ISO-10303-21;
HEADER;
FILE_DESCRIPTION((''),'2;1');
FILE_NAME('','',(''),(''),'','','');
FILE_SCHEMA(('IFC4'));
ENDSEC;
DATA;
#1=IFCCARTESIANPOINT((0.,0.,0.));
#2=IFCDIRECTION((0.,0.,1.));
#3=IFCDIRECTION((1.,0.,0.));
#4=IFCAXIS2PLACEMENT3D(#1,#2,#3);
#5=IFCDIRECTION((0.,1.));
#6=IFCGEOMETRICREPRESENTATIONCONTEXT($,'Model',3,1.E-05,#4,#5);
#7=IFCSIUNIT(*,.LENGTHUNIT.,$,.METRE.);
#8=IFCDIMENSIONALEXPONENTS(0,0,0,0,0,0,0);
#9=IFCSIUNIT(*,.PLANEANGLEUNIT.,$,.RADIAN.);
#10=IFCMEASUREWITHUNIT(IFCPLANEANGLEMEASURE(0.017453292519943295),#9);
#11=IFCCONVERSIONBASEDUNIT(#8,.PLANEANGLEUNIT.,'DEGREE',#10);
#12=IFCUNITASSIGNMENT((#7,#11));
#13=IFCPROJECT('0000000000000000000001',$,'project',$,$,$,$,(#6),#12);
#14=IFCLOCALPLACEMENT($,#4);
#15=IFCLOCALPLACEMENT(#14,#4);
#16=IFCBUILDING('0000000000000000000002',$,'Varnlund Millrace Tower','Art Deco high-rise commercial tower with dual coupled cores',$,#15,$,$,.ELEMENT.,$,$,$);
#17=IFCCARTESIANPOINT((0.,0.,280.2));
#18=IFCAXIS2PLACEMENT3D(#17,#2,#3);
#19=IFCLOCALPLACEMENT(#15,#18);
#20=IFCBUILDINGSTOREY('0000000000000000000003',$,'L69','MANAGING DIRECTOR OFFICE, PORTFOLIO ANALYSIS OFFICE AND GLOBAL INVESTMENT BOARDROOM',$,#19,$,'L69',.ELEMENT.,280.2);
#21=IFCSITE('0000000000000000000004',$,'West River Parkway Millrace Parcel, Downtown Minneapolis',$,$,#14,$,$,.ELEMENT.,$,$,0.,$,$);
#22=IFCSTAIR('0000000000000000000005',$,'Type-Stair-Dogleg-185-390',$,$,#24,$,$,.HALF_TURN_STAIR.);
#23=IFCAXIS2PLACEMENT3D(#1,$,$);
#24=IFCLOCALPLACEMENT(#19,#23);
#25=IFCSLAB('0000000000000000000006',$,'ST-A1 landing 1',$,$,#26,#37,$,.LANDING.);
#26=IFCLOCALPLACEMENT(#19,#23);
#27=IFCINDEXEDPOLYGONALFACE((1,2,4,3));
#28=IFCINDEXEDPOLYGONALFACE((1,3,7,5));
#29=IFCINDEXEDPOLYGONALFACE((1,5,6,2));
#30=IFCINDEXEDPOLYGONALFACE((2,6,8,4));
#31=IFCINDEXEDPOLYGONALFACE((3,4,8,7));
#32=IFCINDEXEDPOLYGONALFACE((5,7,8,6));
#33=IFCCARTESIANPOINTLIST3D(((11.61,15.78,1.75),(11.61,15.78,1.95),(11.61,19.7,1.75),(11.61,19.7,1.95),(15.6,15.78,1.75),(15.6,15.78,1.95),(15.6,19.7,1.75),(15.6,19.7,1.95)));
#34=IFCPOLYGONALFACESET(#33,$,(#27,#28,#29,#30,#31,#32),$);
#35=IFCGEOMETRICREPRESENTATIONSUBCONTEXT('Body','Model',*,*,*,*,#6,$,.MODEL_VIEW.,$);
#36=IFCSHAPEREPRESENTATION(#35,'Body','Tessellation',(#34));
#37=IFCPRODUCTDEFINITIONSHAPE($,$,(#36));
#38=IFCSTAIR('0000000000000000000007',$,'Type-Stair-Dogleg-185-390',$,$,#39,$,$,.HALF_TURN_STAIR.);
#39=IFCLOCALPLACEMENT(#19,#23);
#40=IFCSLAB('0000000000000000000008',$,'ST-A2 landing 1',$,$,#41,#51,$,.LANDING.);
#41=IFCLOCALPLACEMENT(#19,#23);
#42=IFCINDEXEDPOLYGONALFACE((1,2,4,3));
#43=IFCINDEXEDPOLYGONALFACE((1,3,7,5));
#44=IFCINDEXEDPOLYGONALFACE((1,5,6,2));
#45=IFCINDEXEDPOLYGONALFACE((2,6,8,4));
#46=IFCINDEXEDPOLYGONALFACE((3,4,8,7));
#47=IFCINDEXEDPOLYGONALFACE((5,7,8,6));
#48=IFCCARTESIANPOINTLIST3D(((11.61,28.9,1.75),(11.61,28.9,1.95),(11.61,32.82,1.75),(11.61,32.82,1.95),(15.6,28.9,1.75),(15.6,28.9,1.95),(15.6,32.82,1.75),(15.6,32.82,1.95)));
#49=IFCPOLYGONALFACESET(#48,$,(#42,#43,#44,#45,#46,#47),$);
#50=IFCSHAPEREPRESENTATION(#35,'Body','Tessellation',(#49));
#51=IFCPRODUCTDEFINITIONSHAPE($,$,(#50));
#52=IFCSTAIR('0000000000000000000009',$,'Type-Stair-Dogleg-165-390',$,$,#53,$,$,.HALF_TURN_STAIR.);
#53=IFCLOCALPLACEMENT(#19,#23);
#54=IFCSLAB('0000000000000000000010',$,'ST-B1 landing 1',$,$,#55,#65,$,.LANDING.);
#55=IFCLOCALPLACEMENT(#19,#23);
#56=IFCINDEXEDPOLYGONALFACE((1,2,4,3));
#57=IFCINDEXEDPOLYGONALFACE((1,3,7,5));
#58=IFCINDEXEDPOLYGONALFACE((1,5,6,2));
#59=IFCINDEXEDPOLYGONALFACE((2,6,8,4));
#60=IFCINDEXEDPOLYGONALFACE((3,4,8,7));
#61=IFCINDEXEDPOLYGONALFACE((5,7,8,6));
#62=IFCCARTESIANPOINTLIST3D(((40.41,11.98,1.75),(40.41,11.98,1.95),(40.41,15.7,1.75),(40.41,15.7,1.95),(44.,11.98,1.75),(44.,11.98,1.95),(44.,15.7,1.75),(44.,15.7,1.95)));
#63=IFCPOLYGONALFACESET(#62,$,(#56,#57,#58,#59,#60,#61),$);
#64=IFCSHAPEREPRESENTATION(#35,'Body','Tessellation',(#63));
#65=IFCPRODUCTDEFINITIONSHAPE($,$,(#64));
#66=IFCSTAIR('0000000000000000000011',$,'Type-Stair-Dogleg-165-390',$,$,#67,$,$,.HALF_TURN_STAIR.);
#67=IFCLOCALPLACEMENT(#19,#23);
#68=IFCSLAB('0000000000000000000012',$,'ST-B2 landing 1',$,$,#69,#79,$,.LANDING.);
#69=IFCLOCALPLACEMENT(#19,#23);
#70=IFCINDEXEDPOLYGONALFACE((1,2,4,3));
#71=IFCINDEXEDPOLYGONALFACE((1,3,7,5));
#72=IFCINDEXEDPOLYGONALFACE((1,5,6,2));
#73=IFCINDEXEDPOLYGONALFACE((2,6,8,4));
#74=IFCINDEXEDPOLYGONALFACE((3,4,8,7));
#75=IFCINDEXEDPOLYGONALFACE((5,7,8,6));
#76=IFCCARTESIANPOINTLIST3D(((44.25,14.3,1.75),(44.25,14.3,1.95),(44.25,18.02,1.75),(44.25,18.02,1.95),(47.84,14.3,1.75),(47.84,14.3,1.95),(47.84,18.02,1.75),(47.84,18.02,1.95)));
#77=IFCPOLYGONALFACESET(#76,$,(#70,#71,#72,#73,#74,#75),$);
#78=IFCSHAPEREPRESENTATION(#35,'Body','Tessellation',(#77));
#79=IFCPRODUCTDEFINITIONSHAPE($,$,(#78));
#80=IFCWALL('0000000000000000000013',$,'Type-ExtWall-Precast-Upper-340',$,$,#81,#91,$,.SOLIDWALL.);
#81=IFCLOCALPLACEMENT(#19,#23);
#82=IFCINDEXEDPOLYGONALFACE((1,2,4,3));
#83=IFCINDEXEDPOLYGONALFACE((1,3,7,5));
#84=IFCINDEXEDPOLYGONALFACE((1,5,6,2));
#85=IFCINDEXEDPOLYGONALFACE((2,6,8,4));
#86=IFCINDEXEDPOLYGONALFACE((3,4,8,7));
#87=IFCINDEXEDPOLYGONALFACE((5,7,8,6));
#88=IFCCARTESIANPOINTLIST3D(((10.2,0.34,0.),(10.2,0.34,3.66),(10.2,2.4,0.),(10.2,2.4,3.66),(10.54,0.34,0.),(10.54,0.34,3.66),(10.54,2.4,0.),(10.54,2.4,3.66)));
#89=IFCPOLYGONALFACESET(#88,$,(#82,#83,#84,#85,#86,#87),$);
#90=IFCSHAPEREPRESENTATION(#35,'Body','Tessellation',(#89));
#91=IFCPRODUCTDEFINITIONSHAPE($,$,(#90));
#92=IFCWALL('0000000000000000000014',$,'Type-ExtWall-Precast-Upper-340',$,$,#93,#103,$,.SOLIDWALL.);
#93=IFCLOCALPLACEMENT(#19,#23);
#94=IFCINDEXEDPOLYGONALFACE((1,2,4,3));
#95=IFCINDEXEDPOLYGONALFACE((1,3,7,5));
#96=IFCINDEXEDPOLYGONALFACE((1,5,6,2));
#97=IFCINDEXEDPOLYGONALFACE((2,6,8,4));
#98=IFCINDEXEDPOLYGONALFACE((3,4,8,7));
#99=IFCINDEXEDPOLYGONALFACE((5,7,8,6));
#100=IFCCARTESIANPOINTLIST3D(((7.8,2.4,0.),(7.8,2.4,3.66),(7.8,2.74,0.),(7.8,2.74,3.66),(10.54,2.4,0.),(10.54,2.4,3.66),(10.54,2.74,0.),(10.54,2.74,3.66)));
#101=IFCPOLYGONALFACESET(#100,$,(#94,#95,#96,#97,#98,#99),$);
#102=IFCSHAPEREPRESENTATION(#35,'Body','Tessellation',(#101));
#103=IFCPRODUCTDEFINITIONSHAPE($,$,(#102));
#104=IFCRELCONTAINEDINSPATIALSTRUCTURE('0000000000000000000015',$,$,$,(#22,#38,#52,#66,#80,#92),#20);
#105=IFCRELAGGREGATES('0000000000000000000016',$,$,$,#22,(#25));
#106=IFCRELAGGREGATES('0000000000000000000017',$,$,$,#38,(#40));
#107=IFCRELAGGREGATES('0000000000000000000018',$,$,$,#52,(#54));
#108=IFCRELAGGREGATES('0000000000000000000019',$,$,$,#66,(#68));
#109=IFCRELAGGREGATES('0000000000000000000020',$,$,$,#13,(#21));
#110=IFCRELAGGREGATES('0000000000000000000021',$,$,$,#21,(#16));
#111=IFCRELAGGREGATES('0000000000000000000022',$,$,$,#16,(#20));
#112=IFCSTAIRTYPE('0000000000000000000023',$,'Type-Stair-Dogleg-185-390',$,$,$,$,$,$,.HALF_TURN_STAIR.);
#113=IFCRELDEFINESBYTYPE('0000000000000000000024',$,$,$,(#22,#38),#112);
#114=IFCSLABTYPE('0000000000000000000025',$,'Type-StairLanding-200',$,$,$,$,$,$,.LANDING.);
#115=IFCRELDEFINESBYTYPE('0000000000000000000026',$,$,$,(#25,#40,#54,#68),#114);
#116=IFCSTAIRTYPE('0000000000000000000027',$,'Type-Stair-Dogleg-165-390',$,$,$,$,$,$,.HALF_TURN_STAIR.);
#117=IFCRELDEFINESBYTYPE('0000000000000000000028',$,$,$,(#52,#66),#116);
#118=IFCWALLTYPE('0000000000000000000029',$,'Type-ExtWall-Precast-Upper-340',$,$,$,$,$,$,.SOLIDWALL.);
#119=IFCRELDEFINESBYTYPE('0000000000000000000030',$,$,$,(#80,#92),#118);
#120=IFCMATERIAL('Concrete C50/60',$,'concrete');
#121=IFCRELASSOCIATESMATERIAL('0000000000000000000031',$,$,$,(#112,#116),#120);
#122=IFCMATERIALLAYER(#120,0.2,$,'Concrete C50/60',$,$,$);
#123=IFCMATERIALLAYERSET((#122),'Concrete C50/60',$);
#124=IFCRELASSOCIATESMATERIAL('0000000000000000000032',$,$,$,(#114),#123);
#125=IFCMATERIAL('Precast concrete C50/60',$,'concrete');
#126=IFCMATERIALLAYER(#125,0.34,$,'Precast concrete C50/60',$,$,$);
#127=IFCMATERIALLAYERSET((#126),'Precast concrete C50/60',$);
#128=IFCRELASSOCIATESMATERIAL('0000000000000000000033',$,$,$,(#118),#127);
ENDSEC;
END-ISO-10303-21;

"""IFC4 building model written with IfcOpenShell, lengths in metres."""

from ifc_helpers import new_model, entity, si_unit, converted_unit, direction, frame, origin_with_axes, place, context, subcontext, project, spatial, polyline, outline, extrude, material, layer, layer_set, type_object, element, aggregate, save


model = new_model("IFC4")

# Units and contexts
model_context = context("Model", 3, precision=1e-05, world=origin_with_axes(), true_north=direction((0.0, 1.0)))
body_context = subcontext(model_context, "Body", "Model", "MODEL_VIEW")
ifc_project = project(units=[si_unit("LENGTHUNIT", "METRE"), converted_unit("PLANEANGLEUNIT", "DEGREE", entity("IfcPlaneAngleMeasure", 0.017453292519943295), si_unit("PLANEANGLEUNIT", "RADIAN"), dimensions=[0, 0, 0, 0, 0, 0, 0])], contexts=[model_context])

# Site, building, storey
site_placement = place(None, origin_with_axes())
site = spatial("IfcSite", under=ifc_project, at=site_placement, Name="West River Parkway Millrace Parcel, Downtown Minneapolis", CompositionType="ELEMENT", RefElevation=0.0)
building_placement = place(site_placement, origin_with_axes())
building = spatial("IfcBuilding", under=site, at=building_placement, Name="Varnlund Millrace Tower", Description="Art Deco high-rise commercial tower with dual coupled cores", CompositionType="ELEMENT")
storey_placement = place(building_placement, frame((0.0, 0.0, 280.2), z_axis=(0.0, 0.0, 1.0), x_axis=(1.0, 0.0, 0.0)))
storey = spatial("IfcBuildingStorey", under=building, at=storey_placement, Name="L69", Description="MANAGING DIRECTOR OFFICE, PORTFOLIO ANALYSIS OFFICE AND GLOBAL INVESTMENT BOARDROOM", LongName="L69", CompositionType="ELEMENT", Elevation=280.2)

# Stairs, slabs
ifc_material_1 = material(Name="Concrete C50/60", Category="concrete")
stair_type_1 = type_object("IfcStairType", Name="Type-Stair-Dogleg-185-390", PredefinedType="HALF_TURN_STAIR", material=ifc_material_1)
stair_1_placement = place(storey_placement, origin_with_axes())
stair_1 = element("IfcStair", 1, at=stair_1_placement, inside=storey, type_object=stair_type_1, Name="Type-Stair-Dogleg-185-390", PredefinedType="HALF_TURN_STAIR")
ifc_layer_1 = layer(ifc_material_1, 0.2, Name="Concrete C50/60")
ifc_layer_set_1 = layer_set([ifc_layer_1], Name="Concrete C50/60")
slab_type = type_object("IfcSlabType", Name="Type-StairLanding-200", PredefinedType="LANDING", material=ifc_layer_set_1)
slab_1_placement = place(storey_placement, frame((0.0, 0.0, 1.75), z_axis=(0.0, 0.0, 1.0), x_axis=(1.0, 0.0, 0.0)))
slab_1 = element("IfcSlab", 2, at=slab_1_placement, type_object=slab_type, Name="ST-A1 landing 1", PredefinedType="LANDING", context=body_context, shape_type="SweptSolid", body=[
    extrude(outline(polyline([(15.6, 15.78), (15.6, 19.7), (11.61, 19.7), (11.61, 15.78), (15.6, 15.78)])), origin_with_axes(), (0.0, 0.0, 1.0), 0.2),
])
aggregate(stair_1, [slab_1])
stair_2_placement = place(storey_placement, origin_with_axes())
stair_2 = element("IfcStair", 3, at=stair_2_placement, inside=storey, type_object=stair_type_1, Name="Type-Stair-Dogleg-185-390", PredefinedType="HALF_TURN_STAIR")
slab_2_placement = place(storey_placement, frame((0.0, 0.0, 1.75), z_axis=(0.0, 0.0, 1.0), x_axis=(1.0, 0.0, 0.0)))
slab_2 = element("IfcSlab", 4, at=slab_2_placement, type_object=slab_type, Name="ST-A2 landing 1", PredefinedType="LANDING", context=body_context, shape_type="SweptSolid", body=[
    extrude(outline(polyline([(11.61, 32.82), (11.61, 28.9), (15.6, 28.9), (15.6, 32.82), (11.61, 32.82)])), origin_with_axes(), (0.0, 0.0, 1.0), 0.2),
])
aggregate(stair_2, [slab_2])
stair_type_2 = type_object("IfcStairType", Name="Type-Stair-Dogleg-165-390", PredefinedType="HALF_TURN_STAIR", material=ifc_material_1)
stair_3_placement = place(storey_placement, origin_with_axes())
stair_3 = element("IfcStair", 5, at=stair_3_placement, inside=storey, type_object=stair_type_2, Name="Type-Stair-Dogleg-165-390", PredefinedType="HALF_TURN_STAIR")
slab_3_placement = place(storey_placement, frame((0.0, 0.0, 1.75), z_axis=(0.0, 0.0, 1.0), x_axis=(1.0, 0.0, 0.0)))
slab_3 = element("IfcSlab", 6, at=slab_3_placement, type_object=slab_type, Name="ST-B1 landing 1", PredefinedType="LANDING", context=body_context, shape_type="SweptSolid", body=[
    extrude(outline(polyline([(44.0, 11.98), (44.0, 15.7), (40.41, 15.7), (40.41, 11.98), (44.0, 11.98)])), origin_with_axes(), (0.0, 0.0, 1.0), 0.2),
])
aggregate(stair_3, [slab_3])
stair_4_placement = place(storey_placement, origin_with_axes())
stair_4 = element("IfcStair", 7, at=stair_4_placement, inside=storey, type_object=stair_type_2, Name="Type-Stair-Dogleg-165-390", PredefinedType="HALF_TURN_STAIR")
slab_4_placement = place(storey_placement, frame((0.0, 0.0, 1.75), z_axis=(0.0, 0.0, 1.0), x_axis=(1.0, 0.0, 0.0)))
slab_4 = element("IfcSlab", 8, at=slab_4_placement, type_object=slab_type, Name="ST-B2 landing 1", PredefinedType="LANDING", context=body_context, shape_type="SweptSolid", body=[
    extrude(outline(polyline([(44.25, 18.02), (44.25, 14.3), (47.84, 14.3), (47.84, 18.02), (44.25, 18.02)])), origin_with_axes(), (0.0, 0.0, 1.0), 0.2),
])
aggregate(stair_4, [slab_4])

# Walls
ifc_material_2 = material(Name="Precast concrete C50/60", Category="concrete")
ifc_layer_2 = layer(ifc_material_2, 0.34, Name="Precast concrete C50/60")
ifc_layer_set_2 = layer_set([ifc_layer_2], Name="Precast concrete C50/60")
wall_type = type_object("IfcWallType", Name="Type-ExtWall-Precast-Upper-340", PredefinedType="SOLIDWALL", material=ifc_layer_set_2)
wall_1_placement = place(storey_placement, frame((10.37, 0.34, 0.0), z_axis=(0.0, 0.0, 1.0), x_axis=(0.0, 1.0, 0.0)))
element("IfcWall", 9, at=wall_1_placement, inside=storey, type_object=wall_type, Name="Type-ExtWall-Precast-Upper-340", PredefinedType="SOLIDWALL", context=body_context, shape_type="SweptSolid", body=[
    extrude(outline(polyline([(0.0, -0.17), (2.06, -0.17), (2.06, 0.17), (0.0, 0.17), (0.0, -0.17)])), origin_with_axes(), (0.0, 0.0, 1.0), 3.66),
])
wall_2_placement = place(storey_placement, frame((10.54, 2.57, 0.0), z_axis=(0.0, 0.0, 1.0), x_axis=(-1.0, 0.0, 0.0)))
element("IfcWall", 10, at=wall_2_placement, inside=storey, type_object=wall_type, Name="Type-ExtWall-Precast-Upper-340", PredefinedType="SOLIDWALL", context=body_context, shape_type="SweptSolid", body=[
    extrude(outline(polyline([(0.0, -0.17), (2.74, -0.17), (2.74, 0.17), (0.0, 0.17), (0.0, -0.17)])), origin_with_axes(), (0.0, 0.0, 1.0), 3.66),
])

save(model, "model.ifc")
